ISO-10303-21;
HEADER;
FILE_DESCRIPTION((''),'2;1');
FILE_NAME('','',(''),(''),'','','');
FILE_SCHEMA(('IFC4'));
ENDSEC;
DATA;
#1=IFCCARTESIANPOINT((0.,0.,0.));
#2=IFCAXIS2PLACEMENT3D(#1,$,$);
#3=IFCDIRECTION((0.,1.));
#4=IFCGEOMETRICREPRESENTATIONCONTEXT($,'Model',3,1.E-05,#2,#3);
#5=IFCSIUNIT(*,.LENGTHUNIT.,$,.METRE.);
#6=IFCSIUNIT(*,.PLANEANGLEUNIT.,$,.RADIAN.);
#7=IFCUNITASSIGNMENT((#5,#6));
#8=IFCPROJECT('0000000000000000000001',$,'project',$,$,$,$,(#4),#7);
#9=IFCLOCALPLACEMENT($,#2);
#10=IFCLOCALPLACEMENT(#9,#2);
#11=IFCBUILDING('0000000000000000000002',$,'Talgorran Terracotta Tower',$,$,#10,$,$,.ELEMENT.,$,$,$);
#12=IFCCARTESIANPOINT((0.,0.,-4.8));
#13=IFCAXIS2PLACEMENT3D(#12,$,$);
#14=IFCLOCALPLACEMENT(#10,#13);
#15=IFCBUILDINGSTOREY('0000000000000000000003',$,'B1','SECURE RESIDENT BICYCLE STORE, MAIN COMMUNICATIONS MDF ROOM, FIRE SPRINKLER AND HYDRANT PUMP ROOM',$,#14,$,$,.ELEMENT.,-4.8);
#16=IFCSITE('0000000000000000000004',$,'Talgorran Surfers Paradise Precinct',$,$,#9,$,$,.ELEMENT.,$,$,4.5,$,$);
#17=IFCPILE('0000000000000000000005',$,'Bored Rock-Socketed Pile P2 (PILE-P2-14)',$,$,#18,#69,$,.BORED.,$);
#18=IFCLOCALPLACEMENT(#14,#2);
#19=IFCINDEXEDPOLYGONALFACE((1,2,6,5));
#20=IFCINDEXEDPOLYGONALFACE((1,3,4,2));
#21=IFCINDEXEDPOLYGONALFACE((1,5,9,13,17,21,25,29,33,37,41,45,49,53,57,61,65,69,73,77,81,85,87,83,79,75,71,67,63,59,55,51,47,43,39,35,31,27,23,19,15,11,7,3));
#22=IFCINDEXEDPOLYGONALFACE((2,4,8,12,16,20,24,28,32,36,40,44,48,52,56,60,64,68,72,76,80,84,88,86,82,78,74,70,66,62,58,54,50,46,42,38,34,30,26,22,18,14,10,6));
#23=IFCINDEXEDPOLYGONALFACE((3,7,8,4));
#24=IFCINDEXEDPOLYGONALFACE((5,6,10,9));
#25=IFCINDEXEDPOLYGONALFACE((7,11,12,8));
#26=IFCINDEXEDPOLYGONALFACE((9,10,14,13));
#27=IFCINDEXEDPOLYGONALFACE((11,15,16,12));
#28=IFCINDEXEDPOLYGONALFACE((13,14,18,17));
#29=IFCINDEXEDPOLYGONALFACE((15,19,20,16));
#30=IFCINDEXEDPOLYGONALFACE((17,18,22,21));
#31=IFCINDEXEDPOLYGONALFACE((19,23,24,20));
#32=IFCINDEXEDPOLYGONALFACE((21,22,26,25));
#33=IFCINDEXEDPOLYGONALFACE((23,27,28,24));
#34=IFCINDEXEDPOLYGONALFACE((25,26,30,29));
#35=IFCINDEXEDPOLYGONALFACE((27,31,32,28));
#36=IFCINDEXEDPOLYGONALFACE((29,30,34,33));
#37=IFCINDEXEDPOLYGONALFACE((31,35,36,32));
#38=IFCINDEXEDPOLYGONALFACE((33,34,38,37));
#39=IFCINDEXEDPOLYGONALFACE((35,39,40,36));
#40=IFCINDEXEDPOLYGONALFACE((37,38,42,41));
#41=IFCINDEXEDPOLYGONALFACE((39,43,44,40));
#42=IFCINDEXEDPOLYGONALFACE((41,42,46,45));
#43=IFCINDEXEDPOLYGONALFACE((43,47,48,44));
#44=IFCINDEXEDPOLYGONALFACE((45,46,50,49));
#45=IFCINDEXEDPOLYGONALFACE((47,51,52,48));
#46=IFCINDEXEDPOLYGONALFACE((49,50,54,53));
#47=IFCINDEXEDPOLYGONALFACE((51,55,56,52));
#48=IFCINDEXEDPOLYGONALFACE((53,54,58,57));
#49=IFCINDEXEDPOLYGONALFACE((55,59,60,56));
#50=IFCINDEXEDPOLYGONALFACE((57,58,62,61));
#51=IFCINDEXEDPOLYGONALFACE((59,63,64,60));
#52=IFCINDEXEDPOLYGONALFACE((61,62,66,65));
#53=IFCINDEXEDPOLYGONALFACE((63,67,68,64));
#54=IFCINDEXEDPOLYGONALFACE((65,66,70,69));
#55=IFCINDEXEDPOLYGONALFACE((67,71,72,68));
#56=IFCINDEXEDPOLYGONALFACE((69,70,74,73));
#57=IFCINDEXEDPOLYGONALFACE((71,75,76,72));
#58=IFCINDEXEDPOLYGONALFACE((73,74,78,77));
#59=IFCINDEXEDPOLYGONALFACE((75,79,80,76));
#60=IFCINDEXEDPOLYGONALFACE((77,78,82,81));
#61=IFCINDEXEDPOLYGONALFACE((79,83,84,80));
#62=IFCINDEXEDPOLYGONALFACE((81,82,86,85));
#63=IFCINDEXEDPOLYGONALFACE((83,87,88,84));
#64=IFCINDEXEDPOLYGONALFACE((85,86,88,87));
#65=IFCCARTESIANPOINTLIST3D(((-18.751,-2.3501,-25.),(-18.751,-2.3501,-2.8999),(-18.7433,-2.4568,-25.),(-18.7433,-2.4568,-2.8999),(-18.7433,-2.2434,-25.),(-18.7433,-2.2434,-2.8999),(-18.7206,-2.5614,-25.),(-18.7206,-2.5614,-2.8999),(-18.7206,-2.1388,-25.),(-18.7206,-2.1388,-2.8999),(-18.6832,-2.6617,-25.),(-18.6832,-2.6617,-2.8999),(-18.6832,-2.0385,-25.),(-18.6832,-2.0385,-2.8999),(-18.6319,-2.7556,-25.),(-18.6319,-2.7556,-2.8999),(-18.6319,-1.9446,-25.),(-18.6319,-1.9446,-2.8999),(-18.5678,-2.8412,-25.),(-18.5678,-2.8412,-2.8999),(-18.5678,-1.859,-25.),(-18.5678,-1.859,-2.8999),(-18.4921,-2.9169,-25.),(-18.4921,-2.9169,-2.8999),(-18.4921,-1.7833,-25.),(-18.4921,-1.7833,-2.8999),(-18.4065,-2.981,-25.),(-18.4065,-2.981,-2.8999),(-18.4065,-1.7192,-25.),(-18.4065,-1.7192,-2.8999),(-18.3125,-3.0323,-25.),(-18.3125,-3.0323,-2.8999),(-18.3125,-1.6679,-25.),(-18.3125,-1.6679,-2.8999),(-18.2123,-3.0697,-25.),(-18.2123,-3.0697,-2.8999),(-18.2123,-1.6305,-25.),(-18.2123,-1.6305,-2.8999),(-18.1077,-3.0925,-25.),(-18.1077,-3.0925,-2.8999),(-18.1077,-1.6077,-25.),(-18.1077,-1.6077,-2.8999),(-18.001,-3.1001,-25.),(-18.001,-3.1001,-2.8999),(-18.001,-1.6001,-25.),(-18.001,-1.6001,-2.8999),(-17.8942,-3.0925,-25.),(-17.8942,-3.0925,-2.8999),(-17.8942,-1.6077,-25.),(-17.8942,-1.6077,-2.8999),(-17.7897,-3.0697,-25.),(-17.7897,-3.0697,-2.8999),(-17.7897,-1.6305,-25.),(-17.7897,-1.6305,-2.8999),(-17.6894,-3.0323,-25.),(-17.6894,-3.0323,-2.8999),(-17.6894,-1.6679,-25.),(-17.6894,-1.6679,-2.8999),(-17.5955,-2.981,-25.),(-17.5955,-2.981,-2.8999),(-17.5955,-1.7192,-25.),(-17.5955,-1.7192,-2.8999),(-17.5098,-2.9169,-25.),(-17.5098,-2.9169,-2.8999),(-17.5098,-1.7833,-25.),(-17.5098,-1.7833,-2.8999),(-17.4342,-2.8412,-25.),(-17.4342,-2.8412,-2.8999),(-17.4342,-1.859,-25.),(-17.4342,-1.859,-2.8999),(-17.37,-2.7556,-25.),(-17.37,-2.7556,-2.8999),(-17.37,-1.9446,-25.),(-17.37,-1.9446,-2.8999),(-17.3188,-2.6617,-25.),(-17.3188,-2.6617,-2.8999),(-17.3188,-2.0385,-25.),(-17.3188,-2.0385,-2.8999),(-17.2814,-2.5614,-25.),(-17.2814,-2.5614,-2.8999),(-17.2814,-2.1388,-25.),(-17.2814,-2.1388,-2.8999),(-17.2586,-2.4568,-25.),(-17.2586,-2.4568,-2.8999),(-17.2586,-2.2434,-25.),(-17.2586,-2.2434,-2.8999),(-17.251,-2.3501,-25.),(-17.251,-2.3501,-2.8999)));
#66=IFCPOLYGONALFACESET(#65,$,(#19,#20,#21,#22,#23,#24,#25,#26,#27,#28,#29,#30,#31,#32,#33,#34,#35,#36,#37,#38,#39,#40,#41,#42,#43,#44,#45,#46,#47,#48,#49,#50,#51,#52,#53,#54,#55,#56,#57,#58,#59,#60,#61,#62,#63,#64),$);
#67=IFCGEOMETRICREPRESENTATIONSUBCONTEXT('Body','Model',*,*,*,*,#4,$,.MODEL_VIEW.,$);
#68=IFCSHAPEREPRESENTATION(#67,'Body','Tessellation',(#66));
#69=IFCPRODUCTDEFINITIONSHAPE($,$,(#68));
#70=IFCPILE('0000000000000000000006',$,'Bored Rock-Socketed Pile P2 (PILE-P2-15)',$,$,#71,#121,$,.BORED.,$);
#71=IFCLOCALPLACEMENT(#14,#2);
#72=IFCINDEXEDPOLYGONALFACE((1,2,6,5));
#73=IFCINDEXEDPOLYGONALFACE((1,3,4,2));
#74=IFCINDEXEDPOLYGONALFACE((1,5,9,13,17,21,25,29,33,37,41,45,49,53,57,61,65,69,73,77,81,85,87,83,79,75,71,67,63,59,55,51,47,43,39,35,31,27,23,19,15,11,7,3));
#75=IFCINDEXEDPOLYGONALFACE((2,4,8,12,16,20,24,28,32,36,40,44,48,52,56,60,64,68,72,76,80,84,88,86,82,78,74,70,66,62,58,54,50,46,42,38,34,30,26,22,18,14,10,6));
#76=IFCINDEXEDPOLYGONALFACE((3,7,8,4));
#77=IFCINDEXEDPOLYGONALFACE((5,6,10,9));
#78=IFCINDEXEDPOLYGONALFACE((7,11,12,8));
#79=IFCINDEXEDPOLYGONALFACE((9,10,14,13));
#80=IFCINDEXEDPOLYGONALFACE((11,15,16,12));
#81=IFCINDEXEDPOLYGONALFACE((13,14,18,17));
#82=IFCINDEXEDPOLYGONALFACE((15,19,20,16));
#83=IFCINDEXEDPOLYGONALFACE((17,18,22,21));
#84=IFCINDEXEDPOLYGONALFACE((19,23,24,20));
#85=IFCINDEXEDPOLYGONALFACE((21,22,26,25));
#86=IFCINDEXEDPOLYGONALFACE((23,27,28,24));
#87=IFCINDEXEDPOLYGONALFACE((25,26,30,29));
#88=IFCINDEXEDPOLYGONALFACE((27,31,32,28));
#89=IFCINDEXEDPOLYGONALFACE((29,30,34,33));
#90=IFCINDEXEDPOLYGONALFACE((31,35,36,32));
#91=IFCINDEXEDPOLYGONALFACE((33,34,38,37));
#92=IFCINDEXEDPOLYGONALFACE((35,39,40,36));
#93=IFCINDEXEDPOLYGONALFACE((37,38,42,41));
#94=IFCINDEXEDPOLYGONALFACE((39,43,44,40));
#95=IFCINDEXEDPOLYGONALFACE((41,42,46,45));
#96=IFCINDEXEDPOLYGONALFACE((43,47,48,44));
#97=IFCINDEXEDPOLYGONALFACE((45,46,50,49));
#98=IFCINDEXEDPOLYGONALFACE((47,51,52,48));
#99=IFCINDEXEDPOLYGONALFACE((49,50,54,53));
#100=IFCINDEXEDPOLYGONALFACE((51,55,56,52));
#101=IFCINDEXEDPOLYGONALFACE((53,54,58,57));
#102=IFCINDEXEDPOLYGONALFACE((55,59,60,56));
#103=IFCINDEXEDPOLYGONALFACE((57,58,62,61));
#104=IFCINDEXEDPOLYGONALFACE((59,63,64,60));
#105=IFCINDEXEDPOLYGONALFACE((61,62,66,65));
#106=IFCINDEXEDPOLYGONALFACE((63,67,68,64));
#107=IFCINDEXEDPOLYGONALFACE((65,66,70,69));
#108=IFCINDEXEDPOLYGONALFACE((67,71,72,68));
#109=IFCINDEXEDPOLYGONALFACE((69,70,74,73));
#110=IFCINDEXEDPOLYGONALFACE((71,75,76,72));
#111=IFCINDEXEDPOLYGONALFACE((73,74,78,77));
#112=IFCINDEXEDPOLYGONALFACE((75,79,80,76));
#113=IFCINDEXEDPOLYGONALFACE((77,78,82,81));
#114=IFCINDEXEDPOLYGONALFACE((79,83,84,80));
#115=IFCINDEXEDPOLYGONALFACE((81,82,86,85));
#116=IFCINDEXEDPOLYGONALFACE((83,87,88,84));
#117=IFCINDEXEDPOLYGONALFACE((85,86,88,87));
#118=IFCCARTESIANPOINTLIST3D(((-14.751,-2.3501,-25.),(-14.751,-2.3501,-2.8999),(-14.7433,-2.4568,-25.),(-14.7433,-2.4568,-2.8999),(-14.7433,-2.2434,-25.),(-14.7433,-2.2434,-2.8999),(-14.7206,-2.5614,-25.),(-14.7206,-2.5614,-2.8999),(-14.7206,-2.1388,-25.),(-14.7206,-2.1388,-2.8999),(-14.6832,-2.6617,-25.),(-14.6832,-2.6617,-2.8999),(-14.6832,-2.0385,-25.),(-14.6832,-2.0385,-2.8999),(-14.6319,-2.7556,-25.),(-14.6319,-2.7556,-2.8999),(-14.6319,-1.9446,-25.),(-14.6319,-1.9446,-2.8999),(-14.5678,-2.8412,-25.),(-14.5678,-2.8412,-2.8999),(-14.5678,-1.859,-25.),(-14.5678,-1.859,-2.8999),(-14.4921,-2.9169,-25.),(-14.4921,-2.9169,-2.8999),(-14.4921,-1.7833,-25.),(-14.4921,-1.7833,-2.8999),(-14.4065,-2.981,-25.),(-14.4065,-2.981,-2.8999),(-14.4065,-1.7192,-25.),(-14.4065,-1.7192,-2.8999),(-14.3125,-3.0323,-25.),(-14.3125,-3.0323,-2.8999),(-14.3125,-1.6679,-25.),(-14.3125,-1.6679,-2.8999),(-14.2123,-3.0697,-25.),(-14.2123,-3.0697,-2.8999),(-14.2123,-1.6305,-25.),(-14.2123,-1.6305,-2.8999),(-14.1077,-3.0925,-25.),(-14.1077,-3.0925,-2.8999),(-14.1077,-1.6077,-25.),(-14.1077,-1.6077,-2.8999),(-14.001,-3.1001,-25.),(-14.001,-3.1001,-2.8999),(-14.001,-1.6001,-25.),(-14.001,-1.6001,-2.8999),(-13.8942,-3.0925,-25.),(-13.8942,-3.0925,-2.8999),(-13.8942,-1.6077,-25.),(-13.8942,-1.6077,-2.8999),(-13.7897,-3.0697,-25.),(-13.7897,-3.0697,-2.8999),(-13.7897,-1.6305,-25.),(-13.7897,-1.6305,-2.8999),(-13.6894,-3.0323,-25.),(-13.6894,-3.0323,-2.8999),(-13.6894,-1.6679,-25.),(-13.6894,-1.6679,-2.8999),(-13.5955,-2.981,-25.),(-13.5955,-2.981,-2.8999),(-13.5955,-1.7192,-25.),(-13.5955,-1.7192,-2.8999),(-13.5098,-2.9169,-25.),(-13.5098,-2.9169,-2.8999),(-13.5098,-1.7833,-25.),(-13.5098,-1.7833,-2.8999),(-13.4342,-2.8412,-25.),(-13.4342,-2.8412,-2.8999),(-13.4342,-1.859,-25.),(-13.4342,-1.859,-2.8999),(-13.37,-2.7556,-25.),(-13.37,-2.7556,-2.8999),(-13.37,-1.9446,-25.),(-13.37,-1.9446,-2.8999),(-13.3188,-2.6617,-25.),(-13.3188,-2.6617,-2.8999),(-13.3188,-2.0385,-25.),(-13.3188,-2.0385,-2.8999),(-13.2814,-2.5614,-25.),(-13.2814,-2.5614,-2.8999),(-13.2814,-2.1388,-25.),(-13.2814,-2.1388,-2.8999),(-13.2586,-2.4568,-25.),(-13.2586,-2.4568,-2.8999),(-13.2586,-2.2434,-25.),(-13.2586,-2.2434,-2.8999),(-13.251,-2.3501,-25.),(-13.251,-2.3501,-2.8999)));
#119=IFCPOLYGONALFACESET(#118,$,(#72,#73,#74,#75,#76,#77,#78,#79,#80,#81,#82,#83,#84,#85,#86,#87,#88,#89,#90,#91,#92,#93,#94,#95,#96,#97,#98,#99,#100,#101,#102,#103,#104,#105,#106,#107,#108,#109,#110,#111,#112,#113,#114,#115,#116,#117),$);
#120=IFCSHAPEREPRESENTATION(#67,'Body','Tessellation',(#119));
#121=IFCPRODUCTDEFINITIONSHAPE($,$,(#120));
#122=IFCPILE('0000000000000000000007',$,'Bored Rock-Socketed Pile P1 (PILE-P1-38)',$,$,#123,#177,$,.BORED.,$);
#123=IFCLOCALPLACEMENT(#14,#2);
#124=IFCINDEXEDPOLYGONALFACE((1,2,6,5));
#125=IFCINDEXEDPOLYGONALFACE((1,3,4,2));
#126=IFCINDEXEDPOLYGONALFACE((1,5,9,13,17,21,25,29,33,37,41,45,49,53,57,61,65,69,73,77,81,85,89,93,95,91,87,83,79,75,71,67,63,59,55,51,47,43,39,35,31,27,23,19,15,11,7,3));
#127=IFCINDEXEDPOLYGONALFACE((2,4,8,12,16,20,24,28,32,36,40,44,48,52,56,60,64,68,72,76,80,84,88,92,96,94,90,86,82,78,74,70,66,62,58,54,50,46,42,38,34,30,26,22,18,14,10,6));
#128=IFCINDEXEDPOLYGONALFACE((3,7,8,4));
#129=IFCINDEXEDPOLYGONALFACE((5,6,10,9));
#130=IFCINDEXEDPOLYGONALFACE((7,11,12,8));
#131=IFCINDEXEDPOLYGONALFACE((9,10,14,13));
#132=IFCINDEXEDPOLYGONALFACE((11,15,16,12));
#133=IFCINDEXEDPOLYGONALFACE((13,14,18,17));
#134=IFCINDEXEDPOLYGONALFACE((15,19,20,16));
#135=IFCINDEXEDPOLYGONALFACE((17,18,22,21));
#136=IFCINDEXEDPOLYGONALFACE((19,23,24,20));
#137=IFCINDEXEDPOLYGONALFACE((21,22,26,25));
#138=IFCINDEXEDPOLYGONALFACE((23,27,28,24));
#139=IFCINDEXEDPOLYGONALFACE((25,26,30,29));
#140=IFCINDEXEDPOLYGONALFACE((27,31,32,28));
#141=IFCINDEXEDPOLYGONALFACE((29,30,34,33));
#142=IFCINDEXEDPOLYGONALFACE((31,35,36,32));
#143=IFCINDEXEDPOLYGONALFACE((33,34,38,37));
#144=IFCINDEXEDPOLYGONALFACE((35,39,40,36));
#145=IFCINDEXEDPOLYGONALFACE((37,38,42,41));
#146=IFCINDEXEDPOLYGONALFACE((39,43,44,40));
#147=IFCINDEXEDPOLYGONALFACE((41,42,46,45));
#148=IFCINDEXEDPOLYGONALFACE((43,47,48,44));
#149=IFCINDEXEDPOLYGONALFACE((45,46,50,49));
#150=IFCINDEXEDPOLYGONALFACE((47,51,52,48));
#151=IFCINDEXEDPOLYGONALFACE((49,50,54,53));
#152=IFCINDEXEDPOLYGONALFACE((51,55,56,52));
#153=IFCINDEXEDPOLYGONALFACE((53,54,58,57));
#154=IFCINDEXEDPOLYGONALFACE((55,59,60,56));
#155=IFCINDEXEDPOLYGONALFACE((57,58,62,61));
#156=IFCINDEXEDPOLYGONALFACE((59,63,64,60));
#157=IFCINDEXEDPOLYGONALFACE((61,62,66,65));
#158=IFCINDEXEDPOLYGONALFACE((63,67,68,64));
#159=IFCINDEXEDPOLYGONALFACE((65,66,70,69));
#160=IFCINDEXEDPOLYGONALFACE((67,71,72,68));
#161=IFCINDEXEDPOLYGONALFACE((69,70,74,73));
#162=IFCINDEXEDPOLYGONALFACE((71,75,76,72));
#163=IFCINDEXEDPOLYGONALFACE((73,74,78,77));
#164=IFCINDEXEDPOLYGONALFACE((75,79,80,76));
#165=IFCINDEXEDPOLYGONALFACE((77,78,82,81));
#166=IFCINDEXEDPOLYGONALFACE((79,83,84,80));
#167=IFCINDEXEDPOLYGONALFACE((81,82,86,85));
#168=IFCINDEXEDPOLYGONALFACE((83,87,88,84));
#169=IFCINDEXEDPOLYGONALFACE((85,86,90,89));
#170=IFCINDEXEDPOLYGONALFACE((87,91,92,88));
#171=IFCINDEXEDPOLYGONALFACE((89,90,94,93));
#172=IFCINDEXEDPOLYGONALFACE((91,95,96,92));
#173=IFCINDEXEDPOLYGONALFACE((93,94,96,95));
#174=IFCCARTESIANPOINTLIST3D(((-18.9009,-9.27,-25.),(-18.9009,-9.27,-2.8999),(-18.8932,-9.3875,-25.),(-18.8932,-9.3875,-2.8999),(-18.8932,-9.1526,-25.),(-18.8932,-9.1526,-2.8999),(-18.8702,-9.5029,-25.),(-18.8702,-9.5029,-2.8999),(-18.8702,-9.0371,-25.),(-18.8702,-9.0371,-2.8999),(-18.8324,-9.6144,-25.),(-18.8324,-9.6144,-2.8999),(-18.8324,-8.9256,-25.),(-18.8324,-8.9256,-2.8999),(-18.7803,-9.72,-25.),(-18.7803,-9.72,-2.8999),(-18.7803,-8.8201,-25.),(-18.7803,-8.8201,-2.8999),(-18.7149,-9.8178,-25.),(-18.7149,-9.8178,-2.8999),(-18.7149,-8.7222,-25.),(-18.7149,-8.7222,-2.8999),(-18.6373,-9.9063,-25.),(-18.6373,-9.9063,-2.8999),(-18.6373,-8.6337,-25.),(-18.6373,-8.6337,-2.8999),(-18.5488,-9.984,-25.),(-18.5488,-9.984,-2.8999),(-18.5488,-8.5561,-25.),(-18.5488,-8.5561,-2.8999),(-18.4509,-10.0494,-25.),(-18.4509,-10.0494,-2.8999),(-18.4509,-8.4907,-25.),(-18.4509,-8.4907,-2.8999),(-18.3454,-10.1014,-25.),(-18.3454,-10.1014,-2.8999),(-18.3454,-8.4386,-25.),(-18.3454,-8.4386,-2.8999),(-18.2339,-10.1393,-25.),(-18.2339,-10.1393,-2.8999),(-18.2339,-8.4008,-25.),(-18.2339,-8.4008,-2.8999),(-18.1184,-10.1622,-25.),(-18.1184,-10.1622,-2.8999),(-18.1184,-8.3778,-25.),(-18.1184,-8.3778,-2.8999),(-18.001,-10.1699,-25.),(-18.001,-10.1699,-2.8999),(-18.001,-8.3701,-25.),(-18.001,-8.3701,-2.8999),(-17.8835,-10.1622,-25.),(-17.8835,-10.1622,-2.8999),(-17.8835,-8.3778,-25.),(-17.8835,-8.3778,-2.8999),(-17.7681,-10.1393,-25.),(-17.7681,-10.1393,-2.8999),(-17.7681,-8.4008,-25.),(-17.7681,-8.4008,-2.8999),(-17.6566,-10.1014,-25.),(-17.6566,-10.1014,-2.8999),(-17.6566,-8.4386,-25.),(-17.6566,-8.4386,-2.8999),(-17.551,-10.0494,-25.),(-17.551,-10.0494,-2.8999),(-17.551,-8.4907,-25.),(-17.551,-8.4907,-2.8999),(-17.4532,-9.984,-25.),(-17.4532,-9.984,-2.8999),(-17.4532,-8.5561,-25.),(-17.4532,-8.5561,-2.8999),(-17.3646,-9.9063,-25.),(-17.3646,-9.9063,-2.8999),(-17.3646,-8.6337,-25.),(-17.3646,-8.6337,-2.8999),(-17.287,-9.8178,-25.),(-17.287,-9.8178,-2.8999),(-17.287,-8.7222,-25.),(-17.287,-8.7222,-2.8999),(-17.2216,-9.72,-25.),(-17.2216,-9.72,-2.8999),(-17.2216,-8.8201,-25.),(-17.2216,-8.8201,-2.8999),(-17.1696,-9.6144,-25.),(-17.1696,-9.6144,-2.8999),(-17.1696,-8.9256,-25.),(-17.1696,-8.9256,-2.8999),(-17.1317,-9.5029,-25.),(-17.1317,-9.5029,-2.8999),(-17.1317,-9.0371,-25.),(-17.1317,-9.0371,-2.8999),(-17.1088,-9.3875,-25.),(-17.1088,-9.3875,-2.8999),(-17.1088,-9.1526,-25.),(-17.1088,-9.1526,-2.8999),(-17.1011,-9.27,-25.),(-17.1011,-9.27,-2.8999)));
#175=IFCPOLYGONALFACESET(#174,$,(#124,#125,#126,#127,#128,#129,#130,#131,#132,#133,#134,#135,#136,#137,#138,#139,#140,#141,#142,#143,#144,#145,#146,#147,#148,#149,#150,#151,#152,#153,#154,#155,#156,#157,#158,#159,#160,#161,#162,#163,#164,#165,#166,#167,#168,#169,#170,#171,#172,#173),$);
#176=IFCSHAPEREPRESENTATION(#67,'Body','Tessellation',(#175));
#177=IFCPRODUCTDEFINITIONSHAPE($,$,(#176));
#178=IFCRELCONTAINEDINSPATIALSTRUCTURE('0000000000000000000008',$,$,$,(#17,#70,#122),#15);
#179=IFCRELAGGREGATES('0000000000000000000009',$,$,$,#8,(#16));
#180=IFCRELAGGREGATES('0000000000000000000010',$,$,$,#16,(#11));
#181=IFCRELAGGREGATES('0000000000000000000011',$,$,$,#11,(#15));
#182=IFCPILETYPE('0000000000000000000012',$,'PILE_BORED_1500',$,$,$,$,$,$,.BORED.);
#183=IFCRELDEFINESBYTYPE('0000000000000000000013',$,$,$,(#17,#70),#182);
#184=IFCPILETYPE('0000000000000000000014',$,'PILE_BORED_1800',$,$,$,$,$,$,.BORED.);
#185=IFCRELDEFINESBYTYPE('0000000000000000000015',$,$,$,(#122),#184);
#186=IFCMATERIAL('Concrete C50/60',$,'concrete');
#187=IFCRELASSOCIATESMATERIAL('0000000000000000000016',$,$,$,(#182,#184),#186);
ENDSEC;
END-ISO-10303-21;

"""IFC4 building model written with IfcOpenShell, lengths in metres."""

from ifc_helpers import new_model, si_unit, direction, frame, origin, origin_2d, place, context, subcontext, project, spatial, circle, extrude, material, material_profile, profile_set, type_object, element, save


model = new_model("IFC4")

# Units and contexts
model_context = context("Model", 3, precision=1e-05, world=origin(), true_north=direction((0.0, 1.0)))
body_context = subcontext(model_context, "Body", "Model", "MODEL_VIEW")
ifc_project = project(units=[si_unit("LENGTHUNIT", "METRE"), si_unit("PLANEANGLEUNIT", "RADIAN")], contexts=[model_context])

# Site, building, storey
site_placement = place(None, origin())
site = spatial("IfcSite", under=ifc_project, at=site_placement, Name="Talgorran Surfers Paradise Precinct", CompositionType="ELEMENT", RefElevation=4.5)
building_placement = place(site_placement, origin())
building = spatial("IfcBuilding", under=site, at=building_placement, Name="Talgorran Terracotta Tower", CompositionType="ELEMENT")
storey_placement = place(building_placement, frame((0.0, 0.0, -4.8)))
storey = spatial("IfcBuildingStorey", under=building, at=storey_placement, Name="B1", Description="SECURE RESIDENT BICYCLE STORE, MAIN COMMUNICATIONS MDF ROOM, FIRE SPRINKLER AND HYDRANT PUMP ROOM", CompositionType="ELEMENT", Elevation=-4.8)

# Piles
ifc_material_1 = material(Name="Concrete C50/60", Category="concrete")
ifc_material_profile_1 = material_profile(ifc_material_1, circle(Radius=0.75, at=origin_2d()), Name="PILE1500")
ifc_profile_set_1 = profile_set([ifc_material_profile_1], Name="Concrete C50/60")
pile_type_1 = type_object("IfcPileType", Name="PILE_BORED_1500", PredefinedType="BORED", material=ifc_profile_set_1)
for number, where, z_axis, x_axis, name in (
    (1, (-18.001, -2.3501, -2.8999), (0.0, 0.0, -1.0), (1.0, 0.0, 0.0), "Bored Rock-Socketed Pile P2 (PILE-P2-14)"),
    (2, (-14.001, -2.3501, -2.8999), (0.0, 0.0, -1.0), (1.0, 0.0, 0.0), "Bored Rock-Socketed Pile P2 (PILE-P2-15)"),
):
    element("IfcPile", number, at=place(storey_placement, frame(where, z_axis=z_axis, x_axis=x_axis)), inside=storey, type_object=pile_type_1, Name=name, PredefinedType="BORED", context=body_context, shape_type="SweptSolid", body=[
        extrude(circle(Radius=0.75, at=origin_2d()), origin(), (0.0, 0.0, 1.0), 22.1001),
    ])
ifc_material_profile_2 = material_profile(ifc_material_1, circle(Radius=0.8999, at=origin_2d()), Name="PILE1800")
ifc_profile_set_2 = profile_set([ifc_material_profile_2], Name="Concrete C50/60")
pile_type_2 = type_object("IfcPileType", Name="PILE_BORED_1800", PredefinedType="BORED", material=ifc_profile_set_2)
for number, where, z_axis, x_axis, name in (
    (3, (-18.001, -9.27, -2.8999), (0.0, 0.0, -1.0), (1.0, 0.0, 0.0), "Bored Rock-Socketed Pile P1 (PILE-P1-38)"),
):
    element("IfcPile", number, at=place(storey_placement, frame(where, z_axis=z_axis, x_axis=x_axis)), inside=storey, type_object=pile_type_2, Name=name, PredefinedType="BORED", context=body_context, shape_type="SweptSolid", body=[
        extrude(circle(Radius=0.8999, at=origin_2d()), origin(), (0.0, 0.0, 1.0), 22.1001),
    ])

save(model, "model.ifc")
